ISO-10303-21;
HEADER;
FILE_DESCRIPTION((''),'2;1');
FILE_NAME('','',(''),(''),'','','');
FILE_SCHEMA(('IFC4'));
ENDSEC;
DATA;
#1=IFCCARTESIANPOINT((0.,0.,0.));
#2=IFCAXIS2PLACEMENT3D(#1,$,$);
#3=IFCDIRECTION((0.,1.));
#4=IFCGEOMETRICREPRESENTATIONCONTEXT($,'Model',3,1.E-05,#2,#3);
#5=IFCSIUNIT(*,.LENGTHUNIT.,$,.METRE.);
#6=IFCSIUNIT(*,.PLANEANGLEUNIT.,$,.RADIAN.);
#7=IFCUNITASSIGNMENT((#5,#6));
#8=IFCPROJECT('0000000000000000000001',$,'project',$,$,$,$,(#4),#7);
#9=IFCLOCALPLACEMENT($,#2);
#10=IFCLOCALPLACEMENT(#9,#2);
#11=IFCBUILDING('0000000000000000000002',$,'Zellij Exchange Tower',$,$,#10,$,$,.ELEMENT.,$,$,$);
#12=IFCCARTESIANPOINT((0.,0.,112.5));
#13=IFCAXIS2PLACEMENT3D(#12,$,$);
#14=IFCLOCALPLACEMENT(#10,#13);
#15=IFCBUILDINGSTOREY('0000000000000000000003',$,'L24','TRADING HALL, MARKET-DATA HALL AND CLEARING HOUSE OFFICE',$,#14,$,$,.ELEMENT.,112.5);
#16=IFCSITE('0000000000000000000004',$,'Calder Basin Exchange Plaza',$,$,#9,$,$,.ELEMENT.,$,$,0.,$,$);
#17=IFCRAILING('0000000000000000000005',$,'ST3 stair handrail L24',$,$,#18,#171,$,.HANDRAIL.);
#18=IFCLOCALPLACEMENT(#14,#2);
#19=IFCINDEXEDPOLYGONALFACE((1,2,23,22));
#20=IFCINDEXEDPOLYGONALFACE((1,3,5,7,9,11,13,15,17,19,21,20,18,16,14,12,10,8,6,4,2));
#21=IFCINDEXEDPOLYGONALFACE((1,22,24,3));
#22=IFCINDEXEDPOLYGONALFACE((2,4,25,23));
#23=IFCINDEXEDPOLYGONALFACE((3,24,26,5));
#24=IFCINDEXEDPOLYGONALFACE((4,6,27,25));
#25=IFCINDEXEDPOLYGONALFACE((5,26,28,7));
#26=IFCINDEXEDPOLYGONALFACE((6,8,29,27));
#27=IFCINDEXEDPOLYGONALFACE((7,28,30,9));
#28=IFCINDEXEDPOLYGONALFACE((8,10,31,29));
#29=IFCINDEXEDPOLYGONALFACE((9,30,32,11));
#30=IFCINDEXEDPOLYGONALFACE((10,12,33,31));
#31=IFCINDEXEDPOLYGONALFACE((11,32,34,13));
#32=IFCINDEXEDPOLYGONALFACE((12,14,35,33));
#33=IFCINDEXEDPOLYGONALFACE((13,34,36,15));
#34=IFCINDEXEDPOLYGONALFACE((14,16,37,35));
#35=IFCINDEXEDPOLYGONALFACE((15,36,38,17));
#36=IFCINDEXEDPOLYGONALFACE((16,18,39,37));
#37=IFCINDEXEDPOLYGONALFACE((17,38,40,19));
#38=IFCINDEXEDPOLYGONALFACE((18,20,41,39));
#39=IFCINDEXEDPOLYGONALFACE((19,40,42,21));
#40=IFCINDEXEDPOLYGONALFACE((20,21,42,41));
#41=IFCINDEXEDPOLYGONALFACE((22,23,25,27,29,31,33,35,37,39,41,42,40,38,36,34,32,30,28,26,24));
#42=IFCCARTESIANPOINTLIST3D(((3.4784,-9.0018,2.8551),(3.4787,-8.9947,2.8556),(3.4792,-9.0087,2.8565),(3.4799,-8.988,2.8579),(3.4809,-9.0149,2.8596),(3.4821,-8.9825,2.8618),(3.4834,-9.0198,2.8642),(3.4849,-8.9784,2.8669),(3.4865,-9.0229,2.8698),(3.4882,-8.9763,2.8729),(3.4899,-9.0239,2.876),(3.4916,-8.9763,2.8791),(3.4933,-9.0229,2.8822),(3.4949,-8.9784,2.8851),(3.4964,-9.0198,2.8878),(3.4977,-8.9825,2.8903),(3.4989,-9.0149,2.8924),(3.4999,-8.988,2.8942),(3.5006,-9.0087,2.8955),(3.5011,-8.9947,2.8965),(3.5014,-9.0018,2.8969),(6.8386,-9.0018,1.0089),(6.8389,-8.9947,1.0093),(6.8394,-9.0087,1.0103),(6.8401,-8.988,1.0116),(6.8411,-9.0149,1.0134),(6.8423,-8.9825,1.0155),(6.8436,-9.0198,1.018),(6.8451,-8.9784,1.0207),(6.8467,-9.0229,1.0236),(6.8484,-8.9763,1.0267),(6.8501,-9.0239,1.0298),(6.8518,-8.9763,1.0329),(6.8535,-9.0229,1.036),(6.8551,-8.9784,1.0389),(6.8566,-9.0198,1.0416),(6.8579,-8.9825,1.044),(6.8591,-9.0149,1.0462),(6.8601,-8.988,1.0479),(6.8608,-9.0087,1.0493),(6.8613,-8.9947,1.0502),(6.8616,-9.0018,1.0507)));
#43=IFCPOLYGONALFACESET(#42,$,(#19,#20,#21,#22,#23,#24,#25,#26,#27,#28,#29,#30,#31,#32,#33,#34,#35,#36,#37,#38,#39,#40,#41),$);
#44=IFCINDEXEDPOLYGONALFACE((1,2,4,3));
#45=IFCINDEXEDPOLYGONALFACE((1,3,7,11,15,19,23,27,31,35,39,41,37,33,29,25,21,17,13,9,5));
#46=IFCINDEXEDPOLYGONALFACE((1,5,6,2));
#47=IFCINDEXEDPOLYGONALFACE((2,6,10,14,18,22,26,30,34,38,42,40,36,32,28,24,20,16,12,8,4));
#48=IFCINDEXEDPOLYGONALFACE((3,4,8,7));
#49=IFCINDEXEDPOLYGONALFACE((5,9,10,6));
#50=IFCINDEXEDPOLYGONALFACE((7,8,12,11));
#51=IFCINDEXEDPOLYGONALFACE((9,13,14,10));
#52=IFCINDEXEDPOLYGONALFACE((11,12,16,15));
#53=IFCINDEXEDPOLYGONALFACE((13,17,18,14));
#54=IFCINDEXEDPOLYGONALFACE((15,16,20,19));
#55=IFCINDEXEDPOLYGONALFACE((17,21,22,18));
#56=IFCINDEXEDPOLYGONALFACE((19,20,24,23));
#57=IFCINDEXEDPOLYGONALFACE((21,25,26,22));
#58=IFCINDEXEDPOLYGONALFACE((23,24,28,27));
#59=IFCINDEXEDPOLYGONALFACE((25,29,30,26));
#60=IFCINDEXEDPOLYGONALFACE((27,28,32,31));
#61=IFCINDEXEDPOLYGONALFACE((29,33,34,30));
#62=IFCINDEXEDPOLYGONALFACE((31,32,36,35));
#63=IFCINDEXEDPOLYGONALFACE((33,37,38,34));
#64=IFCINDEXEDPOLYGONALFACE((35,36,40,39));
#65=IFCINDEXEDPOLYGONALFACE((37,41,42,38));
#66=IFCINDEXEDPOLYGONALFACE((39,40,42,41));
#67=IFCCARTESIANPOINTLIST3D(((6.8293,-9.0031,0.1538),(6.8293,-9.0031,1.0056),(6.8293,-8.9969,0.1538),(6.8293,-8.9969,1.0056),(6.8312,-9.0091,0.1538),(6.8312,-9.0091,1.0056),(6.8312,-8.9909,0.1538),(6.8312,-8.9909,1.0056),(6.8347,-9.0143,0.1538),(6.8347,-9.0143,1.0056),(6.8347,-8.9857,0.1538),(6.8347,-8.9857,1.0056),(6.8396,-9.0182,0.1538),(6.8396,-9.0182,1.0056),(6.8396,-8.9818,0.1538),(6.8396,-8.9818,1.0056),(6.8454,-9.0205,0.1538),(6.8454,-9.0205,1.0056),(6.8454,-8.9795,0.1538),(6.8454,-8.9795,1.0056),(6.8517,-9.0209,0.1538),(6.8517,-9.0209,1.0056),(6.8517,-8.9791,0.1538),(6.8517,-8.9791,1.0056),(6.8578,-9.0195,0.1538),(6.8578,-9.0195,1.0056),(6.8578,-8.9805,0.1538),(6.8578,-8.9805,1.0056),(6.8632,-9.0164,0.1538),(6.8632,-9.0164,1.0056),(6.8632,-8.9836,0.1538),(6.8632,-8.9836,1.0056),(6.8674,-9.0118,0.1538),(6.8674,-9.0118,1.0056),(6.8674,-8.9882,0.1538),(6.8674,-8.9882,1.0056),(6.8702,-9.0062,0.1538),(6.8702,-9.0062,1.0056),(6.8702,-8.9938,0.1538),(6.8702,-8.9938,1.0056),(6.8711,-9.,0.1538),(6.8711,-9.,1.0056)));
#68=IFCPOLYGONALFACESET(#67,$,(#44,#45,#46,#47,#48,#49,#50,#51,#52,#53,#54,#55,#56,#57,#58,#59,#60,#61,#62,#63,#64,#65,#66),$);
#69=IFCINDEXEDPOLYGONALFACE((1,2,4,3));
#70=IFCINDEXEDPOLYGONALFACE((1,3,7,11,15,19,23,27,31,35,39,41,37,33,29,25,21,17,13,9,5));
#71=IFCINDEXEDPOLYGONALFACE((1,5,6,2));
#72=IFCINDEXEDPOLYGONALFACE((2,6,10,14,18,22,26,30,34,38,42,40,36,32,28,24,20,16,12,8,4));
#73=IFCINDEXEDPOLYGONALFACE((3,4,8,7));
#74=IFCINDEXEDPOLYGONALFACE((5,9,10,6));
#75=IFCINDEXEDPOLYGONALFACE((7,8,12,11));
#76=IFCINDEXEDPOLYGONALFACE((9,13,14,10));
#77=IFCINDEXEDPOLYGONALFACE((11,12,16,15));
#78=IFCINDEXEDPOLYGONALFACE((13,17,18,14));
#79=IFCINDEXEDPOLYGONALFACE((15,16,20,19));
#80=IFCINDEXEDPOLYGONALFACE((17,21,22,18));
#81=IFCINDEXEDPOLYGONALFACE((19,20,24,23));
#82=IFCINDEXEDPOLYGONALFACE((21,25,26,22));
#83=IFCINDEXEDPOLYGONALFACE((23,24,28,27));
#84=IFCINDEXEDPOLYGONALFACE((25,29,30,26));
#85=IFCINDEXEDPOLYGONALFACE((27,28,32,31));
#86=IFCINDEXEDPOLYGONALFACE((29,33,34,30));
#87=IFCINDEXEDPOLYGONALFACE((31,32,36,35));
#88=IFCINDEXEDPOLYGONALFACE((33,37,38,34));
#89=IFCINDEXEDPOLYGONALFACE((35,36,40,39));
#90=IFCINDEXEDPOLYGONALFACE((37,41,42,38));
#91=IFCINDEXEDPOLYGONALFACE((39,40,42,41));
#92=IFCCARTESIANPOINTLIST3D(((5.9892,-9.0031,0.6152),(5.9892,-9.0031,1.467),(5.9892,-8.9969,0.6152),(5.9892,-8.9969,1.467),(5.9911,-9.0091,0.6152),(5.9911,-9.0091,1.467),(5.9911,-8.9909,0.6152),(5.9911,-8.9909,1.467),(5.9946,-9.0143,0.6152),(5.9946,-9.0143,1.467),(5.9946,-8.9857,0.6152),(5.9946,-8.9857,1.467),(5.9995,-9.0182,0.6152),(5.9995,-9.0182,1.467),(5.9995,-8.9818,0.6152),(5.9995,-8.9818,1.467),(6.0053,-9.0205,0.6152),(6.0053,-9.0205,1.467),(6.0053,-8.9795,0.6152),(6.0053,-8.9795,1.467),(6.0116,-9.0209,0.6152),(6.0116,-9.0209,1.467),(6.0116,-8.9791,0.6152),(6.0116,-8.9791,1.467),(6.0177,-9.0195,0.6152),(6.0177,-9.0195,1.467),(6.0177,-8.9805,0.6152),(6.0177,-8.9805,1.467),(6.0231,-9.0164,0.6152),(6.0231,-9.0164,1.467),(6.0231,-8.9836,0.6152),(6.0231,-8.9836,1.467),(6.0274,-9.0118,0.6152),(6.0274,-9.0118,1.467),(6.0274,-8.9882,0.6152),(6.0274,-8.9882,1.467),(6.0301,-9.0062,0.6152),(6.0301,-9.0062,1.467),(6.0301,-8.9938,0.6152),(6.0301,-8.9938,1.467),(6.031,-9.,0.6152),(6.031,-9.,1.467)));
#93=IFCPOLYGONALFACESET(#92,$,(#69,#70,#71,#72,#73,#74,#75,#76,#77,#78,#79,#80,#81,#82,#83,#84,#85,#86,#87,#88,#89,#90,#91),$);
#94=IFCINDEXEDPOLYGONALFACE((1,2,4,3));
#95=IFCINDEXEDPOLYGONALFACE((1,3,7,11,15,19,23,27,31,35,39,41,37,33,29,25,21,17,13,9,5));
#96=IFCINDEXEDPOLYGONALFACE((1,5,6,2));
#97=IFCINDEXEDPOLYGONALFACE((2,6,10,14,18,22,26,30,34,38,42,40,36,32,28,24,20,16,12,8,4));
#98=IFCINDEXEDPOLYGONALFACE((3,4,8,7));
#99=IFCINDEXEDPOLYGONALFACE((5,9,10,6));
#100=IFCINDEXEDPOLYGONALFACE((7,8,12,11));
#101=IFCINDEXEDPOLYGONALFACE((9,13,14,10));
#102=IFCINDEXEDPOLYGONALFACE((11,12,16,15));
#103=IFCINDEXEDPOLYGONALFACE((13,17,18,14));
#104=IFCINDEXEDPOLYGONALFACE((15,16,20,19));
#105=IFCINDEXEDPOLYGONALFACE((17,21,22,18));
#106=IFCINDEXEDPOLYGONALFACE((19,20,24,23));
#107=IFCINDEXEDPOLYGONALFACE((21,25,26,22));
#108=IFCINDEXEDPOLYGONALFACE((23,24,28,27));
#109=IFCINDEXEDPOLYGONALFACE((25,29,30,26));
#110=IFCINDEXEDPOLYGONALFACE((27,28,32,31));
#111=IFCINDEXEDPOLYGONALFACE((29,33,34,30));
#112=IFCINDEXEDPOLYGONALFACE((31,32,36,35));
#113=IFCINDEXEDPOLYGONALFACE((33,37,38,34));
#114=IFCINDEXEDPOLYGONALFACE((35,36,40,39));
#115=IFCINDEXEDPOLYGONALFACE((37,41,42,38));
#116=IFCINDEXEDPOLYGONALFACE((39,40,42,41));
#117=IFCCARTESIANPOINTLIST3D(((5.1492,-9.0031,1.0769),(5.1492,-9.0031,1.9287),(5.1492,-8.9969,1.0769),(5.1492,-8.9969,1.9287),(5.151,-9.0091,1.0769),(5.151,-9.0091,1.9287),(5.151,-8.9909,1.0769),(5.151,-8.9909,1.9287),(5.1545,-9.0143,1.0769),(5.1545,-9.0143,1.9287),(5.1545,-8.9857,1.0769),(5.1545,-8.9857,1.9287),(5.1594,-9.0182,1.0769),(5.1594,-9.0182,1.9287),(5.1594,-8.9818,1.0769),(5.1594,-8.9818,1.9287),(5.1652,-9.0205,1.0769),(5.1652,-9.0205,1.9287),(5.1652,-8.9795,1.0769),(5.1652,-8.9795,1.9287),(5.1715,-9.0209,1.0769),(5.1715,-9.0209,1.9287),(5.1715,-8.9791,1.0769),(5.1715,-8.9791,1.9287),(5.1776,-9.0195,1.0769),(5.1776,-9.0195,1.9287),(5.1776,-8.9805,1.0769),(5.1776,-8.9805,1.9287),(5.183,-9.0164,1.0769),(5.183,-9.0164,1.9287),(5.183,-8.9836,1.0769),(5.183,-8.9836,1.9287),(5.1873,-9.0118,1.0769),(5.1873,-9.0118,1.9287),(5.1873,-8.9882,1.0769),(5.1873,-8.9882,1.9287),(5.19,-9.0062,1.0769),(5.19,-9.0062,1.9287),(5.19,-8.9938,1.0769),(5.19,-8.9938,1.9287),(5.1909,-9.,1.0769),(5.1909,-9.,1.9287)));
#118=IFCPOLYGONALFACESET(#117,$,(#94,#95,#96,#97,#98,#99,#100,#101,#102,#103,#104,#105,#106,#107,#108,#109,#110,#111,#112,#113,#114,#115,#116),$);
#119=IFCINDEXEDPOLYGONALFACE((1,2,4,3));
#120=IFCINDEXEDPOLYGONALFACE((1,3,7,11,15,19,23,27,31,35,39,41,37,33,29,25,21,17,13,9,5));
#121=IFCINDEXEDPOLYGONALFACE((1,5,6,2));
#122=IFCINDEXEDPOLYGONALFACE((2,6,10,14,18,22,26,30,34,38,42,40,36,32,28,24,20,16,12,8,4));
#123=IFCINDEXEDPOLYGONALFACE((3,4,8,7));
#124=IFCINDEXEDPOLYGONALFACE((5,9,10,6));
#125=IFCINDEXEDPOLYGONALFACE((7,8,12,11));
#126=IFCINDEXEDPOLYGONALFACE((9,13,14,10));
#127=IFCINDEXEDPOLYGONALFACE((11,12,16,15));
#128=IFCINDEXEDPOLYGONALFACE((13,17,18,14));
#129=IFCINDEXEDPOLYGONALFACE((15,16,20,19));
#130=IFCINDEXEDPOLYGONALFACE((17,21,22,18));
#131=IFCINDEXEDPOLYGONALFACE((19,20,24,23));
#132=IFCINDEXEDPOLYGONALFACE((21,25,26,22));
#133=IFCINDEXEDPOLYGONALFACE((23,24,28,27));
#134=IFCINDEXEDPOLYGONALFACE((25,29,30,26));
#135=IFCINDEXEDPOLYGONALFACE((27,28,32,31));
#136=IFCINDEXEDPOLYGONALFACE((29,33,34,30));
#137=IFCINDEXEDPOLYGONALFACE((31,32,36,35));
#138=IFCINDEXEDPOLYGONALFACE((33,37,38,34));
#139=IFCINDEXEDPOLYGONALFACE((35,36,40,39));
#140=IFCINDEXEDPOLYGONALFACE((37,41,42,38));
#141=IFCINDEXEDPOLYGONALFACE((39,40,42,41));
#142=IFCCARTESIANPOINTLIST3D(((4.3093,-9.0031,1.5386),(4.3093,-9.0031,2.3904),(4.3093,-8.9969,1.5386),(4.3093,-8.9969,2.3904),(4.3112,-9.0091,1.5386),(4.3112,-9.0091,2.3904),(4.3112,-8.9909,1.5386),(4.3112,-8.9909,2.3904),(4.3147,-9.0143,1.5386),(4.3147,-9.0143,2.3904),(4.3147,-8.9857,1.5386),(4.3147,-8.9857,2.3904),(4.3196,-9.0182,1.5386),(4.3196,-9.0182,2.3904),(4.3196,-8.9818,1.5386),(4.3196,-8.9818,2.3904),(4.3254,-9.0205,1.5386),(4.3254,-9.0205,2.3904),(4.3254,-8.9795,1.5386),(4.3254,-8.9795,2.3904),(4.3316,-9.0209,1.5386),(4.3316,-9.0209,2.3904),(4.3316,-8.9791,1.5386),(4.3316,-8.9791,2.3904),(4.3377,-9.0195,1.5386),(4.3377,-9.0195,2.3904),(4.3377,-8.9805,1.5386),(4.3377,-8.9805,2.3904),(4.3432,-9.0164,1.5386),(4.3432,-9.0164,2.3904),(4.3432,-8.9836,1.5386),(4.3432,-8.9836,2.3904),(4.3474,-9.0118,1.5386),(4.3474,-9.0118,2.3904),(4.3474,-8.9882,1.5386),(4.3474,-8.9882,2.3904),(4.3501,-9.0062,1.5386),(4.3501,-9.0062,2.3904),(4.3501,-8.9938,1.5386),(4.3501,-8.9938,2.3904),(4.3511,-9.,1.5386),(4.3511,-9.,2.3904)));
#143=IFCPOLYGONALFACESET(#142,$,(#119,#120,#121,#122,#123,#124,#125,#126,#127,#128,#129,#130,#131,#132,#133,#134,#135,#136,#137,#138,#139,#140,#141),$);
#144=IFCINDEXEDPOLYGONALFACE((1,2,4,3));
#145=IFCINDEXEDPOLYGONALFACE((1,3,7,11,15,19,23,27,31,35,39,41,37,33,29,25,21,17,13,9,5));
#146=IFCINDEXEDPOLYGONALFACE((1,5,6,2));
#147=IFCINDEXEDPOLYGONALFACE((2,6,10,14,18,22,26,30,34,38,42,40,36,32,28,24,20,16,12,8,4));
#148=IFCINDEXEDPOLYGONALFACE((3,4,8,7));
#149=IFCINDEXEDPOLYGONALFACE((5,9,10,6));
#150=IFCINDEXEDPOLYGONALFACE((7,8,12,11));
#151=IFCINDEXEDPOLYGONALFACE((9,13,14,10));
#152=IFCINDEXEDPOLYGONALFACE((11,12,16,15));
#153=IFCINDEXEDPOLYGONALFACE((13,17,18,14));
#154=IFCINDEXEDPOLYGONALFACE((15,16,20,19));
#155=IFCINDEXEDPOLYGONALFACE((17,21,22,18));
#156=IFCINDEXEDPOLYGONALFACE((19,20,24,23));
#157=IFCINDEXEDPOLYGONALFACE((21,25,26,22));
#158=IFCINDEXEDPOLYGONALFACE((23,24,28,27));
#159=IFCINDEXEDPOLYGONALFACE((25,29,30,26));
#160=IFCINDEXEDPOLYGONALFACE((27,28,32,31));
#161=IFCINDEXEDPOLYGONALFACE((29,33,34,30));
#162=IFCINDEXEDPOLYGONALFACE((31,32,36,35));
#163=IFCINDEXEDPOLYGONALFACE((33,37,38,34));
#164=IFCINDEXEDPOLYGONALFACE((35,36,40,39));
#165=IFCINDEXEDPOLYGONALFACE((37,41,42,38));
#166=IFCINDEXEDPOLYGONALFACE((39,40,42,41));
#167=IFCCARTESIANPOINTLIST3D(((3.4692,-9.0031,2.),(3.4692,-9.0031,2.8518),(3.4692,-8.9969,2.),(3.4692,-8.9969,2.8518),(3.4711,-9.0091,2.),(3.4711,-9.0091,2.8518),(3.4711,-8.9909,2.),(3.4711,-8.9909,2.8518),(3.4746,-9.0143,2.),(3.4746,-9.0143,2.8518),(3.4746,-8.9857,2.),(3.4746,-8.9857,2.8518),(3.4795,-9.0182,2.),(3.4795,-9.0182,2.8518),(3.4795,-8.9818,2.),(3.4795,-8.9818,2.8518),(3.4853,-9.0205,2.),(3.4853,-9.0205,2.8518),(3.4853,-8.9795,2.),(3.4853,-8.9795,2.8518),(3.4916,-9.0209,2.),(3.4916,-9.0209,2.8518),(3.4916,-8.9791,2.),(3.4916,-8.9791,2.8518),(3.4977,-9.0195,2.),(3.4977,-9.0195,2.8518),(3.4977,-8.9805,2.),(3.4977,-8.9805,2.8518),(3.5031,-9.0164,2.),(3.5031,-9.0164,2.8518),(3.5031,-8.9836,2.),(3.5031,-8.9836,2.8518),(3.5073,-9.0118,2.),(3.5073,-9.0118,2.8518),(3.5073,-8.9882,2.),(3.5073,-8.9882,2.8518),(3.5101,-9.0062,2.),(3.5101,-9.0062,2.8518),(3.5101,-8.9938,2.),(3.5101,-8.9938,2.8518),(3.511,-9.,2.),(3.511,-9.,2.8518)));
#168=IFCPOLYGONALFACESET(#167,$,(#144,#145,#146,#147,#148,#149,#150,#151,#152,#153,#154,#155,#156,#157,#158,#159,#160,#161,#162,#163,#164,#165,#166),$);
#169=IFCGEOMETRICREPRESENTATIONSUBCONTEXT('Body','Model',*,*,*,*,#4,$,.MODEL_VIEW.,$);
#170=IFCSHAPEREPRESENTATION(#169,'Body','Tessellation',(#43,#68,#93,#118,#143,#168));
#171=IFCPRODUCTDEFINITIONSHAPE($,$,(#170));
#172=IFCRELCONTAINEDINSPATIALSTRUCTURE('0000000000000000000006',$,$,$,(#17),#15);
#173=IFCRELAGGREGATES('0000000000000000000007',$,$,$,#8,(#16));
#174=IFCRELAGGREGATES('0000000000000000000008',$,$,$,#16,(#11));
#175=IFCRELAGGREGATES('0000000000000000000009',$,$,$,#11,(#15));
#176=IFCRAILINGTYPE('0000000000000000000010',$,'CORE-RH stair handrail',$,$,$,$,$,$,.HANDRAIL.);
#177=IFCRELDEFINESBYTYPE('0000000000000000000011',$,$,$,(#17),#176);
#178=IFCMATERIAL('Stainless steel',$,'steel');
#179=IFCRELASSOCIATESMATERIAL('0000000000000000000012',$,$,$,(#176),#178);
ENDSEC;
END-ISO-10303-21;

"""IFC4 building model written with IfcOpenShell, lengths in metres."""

from ifc_helpers import new_model, si_unit, direction, frame, origin, origin_2d, place, context, subcontext, project, spatial, circle, extrude, material, type_object, element, save


model = new_model("IFC4")

# Units and contexts
model_context = context("Model", 3, precision=1e-05, world=origin(), true_north=direction((0.0, 1.0)))
body_context = subcontext(model_context, "Body", "Model", "MODEL_VIEW")
ifc_project = project(units=[si_unit("LENGTHUNIT", "METRE"), si_unit("PLANEANGLEUNIT", "RADIAN")], contexts=[model_context])

# Site, building, storey
site_placement = place(None, origin())
site = spatial("IfcSite", under=ifc_project, at=site_placement, Name="Calder Basin Exchange Plaza", CompositionType="ELEMENT", RefElevation=0.0)
building_placement = place(site_placement, origin())
building = spatial("IfcBuilding", under=site, at=building_placement, Name="Zellij Exchange Tower", CompositionType="ELEMENT")
storey_placement = place(building_placement, frame((0.0, 0.0, 112.5)))
storey = spatial("IfcBuildingStorey", under=building, at=storey_placement, Name="L24", Description="TRADING HALL, MARKET-DATA HALL AND CLEARING HOUSE OFFICE", CompositionType="ELEMENT", Elevation=112.5)

# Railing
ifc_material_1 = material(Name="Stainless steel", Category="steel")
railing_type_1 = type_object("IfcRailingType", Name="CORE-RH stair handrail", PredefinedType="HANDRAIL", material=ifc_material_1)
railing_1_placement = place(storey_placement, frame((6.8501, -9.0, 0.1538)))
element("IfcRailing", 1, at=railing_1_placement, inside=storey, type_object=railing_type_1, Name="ST3 stair handrail L24", PredefinedType="HANDRAIL", context=body_context, shape_type="SweptSolid", body=[
    extrude(circle(Radius=0.0239, at=origin_2d()), frame((0.0, 0.0, 0.876), z_axis=(-0.876422, 0.0, 0.481545), x_axis=(0.0, -1.0, 0.0)), (0.0, 0.0, 1.0), 3.834),
    extrude(circle(Radius=0.021, at=origin_2d()), origin(), (0.0, 0.0, 1.0), 0.8518),
    extrude(circle(Radius=0.021, at=origin_2d()), frame((-0.8401, 0.0, 0.4614)), (0.0, 0.0, 1.0), 0.8518),
    extrude(circle(Radius=0.021, at=origin_2d()), frame((-1.6802, 0.0, 0.9231)), (0.0, 0.0, 1.0), 0.8518),
    extrude(circle(Radius=0.021, at=origin_2d()), frame((-2.52, 0.0, 1.3848)), (0.0, 0.0, 1.0), 0.8518),
    extrude(circle(Radius=0.021, at=origin_2d()), frame((-3.3601, 0.0, 1.8462)), (0.0, 0.0, 1.0), 0.8518),
])

save(model, "model.ifc")
